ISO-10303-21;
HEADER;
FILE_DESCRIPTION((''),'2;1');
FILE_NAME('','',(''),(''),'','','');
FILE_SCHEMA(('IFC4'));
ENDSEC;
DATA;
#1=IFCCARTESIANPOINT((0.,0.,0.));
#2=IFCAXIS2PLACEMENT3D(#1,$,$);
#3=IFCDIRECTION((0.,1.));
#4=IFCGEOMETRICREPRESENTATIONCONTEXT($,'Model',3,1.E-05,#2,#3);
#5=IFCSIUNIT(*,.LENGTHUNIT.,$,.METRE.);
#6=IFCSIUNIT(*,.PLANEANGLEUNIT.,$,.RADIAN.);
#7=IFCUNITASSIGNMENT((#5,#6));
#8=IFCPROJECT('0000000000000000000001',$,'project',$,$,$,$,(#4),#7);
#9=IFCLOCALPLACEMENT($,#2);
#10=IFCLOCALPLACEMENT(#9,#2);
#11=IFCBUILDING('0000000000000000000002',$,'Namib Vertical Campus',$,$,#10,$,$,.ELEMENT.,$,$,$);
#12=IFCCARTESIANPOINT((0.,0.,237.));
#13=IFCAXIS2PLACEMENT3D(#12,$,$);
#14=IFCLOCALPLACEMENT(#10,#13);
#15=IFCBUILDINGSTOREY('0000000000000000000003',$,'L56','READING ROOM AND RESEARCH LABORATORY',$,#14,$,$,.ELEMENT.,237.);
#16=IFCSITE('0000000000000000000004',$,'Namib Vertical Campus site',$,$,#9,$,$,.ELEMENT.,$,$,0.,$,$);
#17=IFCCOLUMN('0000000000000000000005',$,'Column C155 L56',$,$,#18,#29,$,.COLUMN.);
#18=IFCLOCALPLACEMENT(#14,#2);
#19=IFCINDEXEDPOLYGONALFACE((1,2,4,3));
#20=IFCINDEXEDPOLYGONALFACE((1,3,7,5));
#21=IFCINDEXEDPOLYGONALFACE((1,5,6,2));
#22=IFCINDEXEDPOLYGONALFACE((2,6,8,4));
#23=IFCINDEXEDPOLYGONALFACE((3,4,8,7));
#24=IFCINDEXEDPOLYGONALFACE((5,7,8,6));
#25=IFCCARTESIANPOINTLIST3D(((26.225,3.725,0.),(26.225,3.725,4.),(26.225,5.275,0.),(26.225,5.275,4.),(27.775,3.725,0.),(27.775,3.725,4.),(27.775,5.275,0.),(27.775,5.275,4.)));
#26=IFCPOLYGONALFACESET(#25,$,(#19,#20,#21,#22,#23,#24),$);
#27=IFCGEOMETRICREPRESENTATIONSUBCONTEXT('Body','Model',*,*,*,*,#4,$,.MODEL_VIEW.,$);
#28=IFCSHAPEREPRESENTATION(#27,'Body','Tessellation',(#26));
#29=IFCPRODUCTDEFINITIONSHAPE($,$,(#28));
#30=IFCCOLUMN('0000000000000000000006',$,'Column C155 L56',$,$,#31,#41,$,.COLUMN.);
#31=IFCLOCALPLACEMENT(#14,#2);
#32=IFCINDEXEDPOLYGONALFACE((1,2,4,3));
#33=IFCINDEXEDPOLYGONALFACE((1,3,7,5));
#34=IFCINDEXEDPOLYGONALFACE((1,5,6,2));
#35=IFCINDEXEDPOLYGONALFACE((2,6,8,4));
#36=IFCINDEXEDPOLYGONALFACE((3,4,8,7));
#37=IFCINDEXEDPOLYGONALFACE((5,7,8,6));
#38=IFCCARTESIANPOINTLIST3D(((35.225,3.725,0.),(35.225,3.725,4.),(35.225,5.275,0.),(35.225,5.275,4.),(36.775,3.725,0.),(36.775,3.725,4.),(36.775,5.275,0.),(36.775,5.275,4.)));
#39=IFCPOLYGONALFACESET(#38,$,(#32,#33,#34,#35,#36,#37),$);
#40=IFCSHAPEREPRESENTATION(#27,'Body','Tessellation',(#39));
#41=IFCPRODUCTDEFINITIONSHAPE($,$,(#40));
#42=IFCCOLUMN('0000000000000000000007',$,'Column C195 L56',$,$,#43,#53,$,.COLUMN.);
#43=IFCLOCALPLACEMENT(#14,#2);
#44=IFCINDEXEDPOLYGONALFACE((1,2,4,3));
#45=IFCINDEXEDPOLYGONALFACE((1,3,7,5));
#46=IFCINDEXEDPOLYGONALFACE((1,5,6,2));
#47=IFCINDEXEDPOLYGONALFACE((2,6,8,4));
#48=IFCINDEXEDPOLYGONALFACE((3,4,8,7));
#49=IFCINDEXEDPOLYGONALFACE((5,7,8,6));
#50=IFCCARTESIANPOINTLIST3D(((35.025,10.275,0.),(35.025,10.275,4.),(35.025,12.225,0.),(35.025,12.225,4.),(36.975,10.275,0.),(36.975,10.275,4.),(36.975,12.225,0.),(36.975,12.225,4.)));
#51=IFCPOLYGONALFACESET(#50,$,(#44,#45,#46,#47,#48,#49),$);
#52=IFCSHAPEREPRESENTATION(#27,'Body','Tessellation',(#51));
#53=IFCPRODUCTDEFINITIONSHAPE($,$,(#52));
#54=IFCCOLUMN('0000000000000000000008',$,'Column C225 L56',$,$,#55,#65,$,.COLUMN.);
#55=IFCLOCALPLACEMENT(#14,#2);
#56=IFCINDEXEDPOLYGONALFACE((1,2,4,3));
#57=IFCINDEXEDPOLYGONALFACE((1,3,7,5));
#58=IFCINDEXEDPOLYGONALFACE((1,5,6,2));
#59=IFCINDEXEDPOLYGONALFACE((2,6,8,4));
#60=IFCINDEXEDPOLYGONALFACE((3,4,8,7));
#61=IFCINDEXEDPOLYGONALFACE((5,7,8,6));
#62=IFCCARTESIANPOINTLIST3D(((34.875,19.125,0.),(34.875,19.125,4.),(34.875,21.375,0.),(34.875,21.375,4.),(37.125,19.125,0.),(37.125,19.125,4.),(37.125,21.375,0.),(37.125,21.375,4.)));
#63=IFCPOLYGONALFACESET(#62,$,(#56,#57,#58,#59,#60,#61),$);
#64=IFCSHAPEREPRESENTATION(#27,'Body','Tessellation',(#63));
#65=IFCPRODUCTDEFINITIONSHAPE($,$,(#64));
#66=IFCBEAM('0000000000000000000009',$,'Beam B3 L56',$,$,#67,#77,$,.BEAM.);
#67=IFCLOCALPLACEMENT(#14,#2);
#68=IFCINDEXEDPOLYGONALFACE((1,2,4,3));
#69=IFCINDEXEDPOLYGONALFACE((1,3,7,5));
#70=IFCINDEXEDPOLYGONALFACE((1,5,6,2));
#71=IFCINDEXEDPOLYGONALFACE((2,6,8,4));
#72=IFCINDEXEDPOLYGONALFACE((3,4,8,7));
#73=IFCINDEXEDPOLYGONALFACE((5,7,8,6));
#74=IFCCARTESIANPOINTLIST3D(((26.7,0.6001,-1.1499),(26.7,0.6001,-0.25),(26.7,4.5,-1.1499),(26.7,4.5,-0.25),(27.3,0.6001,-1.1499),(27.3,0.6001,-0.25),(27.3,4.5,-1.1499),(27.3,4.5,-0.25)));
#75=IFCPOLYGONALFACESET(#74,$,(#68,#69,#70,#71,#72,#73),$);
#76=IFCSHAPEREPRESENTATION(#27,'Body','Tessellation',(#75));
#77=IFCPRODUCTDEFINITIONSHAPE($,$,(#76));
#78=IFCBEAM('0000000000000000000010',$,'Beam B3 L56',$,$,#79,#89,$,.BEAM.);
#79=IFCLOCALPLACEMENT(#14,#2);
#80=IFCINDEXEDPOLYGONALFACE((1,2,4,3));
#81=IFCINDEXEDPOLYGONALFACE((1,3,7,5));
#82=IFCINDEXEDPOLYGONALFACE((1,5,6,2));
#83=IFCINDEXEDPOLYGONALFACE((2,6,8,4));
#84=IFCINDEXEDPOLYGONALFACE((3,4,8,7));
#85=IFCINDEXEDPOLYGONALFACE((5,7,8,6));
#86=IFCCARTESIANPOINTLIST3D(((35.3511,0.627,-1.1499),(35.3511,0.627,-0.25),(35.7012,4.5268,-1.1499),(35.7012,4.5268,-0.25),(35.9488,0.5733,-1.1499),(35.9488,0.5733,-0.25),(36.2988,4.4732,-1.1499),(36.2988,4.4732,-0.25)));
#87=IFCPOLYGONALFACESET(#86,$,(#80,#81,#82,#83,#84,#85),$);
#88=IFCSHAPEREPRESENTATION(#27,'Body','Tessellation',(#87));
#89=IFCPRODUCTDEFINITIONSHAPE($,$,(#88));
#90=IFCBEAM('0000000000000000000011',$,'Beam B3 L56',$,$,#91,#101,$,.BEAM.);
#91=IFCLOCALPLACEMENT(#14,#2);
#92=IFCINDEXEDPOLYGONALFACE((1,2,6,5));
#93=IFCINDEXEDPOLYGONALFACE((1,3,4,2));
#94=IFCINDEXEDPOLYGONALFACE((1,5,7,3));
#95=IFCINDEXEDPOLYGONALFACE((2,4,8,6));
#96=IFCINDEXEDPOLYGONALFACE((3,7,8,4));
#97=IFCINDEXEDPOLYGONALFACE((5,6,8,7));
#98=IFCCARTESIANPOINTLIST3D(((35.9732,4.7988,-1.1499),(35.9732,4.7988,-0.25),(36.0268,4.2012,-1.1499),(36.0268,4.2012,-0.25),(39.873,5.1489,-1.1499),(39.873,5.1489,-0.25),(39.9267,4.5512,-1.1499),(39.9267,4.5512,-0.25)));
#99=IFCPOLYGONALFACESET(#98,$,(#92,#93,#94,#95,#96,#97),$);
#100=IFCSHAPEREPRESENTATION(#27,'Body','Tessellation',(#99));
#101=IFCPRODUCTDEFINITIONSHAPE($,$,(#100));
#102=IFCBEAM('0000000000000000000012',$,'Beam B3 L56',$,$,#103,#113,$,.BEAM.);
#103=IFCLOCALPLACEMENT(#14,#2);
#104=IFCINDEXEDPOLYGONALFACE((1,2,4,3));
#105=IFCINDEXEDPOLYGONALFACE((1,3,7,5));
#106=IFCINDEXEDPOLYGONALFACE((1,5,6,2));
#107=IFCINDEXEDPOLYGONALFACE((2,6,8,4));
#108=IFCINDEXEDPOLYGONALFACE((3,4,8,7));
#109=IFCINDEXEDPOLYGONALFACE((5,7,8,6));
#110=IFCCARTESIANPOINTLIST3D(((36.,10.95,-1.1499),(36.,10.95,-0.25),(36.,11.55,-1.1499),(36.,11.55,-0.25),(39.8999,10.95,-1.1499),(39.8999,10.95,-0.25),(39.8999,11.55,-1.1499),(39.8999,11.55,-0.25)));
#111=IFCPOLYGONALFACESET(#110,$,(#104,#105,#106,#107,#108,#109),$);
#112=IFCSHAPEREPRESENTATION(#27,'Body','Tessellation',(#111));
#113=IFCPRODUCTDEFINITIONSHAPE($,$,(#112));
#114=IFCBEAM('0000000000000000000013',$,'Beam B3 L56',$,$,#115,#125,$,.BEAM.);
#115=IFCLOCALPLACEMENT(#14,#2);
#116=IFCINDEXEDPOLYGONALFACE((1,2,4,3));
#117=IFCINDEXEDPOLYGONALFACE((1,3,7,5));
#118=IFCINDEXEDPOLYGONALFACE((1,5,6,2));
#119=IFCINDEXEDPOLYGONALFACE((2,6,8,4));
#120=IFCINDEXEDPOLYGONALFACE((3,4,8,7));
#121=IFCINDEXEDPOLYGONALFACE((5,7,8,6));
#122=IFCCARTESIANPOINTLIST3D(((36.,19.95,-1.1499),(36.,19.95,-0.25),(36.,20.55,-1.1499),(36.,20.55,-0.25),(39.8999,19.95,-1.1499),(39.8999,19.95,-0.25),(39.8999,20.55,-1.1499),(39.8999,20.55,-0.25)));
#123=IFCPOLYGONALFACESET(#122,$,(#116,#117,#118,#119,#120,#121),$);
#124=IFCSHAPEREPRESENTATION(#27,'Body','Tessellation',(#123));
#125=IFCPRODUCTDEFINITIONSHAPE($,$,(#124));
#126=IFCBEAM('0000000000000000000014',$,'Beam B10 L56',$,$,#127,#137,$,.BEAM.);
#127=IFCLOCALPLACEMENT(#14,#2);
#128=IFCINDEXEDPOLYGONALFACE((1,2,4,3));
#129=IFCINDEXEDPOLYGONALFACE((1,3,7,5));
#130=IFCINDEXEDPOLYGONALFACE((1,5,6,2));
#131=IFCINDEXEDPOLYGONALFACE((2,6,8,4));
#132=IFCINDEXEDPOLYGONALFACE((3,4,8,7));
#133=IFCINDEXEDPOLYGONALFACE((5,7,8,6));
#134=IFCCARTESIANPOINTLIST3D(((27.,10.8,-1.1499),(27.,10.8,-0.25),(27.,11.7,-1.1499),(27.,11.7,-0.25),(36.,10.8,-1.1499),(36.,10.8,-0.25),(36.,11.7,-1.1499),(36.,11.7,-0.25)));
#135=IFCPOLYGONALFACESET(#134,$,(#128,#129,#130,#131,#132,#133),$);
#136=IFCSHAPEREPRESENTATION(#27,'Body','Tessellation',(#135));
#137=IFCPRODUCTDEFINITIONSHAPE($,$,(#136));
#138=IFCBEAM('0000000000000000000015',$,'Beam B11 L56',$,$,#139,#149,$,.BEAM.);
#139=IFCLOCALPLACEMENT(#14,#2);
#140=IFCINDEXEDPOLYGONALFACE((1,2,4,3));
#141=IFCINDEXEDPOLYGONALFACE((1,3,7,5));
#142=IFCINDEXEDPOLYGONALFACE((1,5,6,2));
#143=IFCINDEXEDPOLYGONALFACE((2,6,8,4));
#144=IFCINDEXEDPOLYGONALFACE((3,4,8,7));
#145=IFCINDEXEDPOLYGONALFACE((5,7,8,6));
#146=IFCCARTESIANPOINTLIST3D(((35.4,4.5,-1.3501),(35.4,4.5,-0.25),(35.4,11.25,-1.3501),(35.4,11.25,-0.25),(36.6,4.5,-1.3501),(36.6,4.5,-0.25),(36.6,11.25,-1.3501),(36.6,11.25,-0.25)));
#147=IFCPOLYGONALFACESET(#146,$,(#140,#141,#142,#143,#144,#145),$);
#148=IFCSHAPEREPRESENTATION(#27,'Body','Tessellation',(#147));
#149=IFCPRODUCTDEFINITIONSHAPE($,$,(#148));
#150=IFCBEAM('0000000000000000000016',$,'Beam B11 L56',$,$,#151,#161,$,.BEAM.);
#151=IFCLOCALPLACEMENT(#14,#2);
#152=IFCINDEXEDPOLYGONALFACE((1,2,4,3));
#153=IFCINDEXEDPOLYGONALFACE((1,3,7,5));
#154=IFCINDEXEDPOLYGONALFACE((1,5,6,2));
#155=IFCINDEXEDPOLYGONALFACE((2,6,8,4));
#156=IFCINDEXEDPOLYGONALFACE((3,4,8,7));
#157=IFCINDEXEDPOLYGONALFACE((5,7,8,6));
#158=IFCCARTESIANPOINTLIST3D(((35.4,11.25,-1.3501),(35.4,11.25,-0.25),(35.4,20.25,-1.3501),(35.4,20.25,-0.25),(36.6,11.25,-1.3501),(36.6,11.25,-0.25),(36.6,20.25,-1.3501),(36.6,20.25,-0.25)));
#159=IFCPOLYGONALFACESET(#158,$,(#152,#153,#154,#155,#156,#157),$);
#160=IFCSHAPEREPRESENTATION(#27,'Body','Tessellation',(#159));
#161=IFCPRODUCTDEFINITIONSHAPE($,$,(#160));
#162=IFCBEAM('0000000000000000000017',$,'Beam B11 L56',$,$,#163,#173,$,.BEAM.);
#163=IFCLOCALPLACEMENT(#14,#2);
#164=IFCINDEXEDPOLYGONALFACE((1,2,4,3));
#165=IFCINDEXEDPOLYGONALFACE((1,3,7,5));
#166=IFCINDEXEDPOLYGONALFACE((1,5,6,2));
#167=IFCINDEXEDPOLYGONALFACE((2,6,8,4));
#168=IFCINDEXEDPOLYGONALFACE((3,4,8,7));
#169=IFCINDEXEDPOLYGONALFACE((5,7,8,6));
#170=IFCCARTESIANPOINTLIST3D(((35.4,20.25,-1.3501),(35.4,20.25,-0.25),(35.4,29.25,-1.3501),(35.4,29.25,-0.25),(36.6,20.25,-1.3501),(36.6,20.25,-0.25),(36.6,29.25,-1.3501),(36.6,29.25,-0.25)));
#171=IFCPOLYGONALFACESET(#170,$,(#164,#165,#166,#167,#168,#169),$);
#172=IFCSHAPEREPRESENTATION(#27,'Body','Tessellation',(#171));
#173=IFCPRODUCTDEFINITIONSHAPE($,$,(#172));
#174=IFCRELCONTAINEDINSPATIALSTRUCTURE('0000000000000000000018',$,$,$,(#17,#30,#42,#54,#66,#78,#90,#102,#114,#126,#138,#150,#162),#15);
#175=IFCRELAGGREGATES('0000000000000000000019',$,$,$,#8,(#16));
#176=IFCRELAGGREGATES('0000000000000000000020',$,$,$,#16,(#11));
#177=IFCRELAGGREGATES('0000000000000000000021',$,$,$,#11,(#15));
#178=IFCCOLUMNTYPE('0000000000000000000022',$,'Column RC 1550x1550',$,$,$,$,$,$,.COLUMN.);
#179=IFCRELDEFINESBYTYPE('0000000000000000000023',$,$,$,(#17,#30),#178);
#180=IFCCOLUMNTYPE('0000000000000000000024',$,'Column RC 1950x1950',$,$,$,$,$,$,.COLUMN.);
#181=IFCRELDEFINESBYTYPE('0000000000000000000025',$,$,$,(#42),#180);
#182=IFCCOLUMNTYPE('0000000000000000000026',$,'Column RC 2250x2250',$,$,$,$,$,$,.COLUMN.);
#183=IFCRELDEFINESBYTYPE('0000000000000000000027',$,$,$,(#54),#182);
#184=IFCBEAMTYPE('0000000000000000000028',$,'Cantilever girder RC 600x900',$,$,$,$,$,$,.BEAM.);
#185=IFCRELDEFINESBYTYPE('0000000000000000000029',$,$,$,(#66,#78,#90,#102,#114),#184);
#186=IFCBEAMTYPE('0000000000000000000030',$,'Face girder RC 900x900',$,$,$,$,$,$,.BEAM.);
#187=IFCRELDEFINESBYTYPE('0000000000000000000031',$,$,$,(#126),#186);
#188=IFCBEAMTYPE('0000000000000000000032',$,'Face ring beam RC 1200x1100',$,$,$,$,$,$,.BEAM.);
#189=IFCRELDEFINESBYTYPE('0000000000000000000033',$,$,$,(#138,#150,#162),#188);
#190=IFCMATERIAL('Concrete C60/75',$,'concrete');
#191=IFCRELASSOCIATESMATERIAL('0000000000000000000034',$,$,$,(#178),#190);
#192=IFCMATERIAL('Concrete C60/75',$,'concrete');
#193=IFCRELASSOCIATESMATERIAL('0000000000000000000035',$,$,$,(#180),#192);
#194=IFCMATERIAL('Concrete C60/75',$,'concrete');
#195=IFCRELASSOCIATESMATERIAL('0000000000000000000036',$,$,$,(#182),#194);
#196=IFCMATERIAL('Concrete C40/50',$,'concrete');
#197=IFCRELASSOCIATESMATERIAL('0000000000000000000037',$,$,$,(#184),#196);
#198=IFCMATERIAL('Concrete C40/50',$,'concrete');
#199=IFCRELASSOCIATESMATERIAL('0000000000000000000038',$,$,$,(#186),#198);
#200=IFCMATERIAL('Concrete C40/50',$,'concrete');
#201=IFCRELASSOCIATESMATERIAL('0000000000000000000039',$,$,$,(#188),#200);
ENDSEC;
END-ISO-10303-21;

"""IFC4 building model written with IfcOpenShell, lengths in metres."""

from ifc_helpers import new_model, si_unit, direction, frame, origin, origin_2d, place, context, subcontext, project, spatial, rectangle, extrude, material, material_profile, profile_set, type_object, element, save


model = new_model("IFC4")

# Units and contexts
model_context = context("Model", 3, precision=1e-05, world=origin(), true_north=direction((0.0, 1.0)))
body_context = subcontext(model_context, "Body", "Model", "MODEL_VIEW")
ifc_project = project(units=[si_unit("LENGTHUNIT", "METRE"), si_unit("PLANEANGLEUNIT", "RADIAN")], contexts=[model_context])

# Site, building, storey
site_placement = place(None, origin())
site = spatial("IfcSite", under=ifc_project, at=site_placement, Name="Namib Vertical Campus site", CompositionType="ELEMENT", RefElevation=0.0)
building_placement = place(site_placement, origin())
building = spatial("IfcBuilding", under=site, at=building_placement, Name="Namib Vertical Campus", CompositionType="ELEMENT")
storey_placement = place(building_placement, frame((0.0, 0.0, 237.0)))
storey = spatial("IfcBuildingStorey", under=building, at=storey_placement, Name="L56", Description="READING ROOM AND RESEARCH LABORATORY", CompositionType="ELEMENT", Elevation=237.0)

# Columns
ifc_material_1 = material(Name="Concrete C60/75", Category="concrete")
ifc_material_profile_1 = material_profile(ifc_material_1, rectangle(XDim=1.55, YDim=1.55, at=origin_2d()))
ifc_profile_set_1 = profile_set([ifc_material_profile_1], Name="Concrete C60/75")
column_type_1 = type_object("IfcColumnType", Name="Column RC 1550x1550", PredefinedType="COLUMN", material=ifc_profile_set_1)
for number, where, z_axis, x_axis, name in (
    (1, (27.0, 4.5, 0.0), (0.0, 0.0, 1.0), (1.0, 0.0, 0.0), "Column C155 L56"),
    (2, (36.0, 4.5, 0.0), (0.0, 0.0, 1.0), (1.0, 0.0, 0.0), "Column C155 L56"),
):
    element("IfcColumn", number, at=place(storey_placement, frame(where, z_axis=z_axis, x_axis=x_axis)), inside=storey, type_object=column_type_1, Name=name, PredefinedType="COLUMN", context=body_context, shape_type="SweptSolid", body=[
        extrude(rectangle(XDim=1.55, YDim=1.55, at=origin_2d()), origin(), (0.0, 0.0, 1.0), 4.0),
    ])
ifc_material_2 = material(Name="Concrete C60/75", Category="concrete")
ifc_material_profile_2 = material_profile(ifc_material_2, rectangle(XDim=1.95, YDim=1.95, at=origin_2d()))
ifc_profile_set_2 = profile_set([ifc_material_profile_2], Name="Concrete C60/75")
column_type_2 = type_object("IfcColumnType", Name="Column RC 1950x1950", PredefinedType="COLUMN", material=ifc_profile_set_2)
column_1_placement = place(storey_placement, frame((36.0, 11.25, 0.0), z_axis=(0.0, 0.0, 1.0), x_axis=(1.0, 0.0, 0.0)))
element("IfcColumn", 3, at=column_1_placement, inside=storey, type_object=column_type_2, Name="Column C195 L56", PredefinedType="COLUMN", context=body_context, shape_type="SweptSolid", body=[
    extrude(rectangle(XDim=1.95, YDim=1.95, at=origin_2d()), origin(), (0.0, 0.0, 1.0), 4.0),
])
ifc_material_3 = material(Name="Concrete C60/75", Category="concrete")
ifc_material_profile_3 = material_profile(ifc_material_3, rectangle(XDim=2.25, YDim=2.25, at=origin_2d()))
ifc_profile_set_3 = profile_set([ifc_material_profile_3], Name="Concrete C60/75")
column_type_3 = type_object("IfcColumnType", Name="Column RC 2250x2250", PredefinedType="COLUMN", material=ifc_profile_set_3)
column_2_placement = place(storey_placement, frame((36.0, 20.25, 0.0), z_axis=(0.0, 0.0, 1.0), x_axis=(1.0, 0.0, 0.0)))
element("IfcColumn", 4, at=column_2_placement, inside=storey, type_object=column_type_3, Name="Column C225 L56", PredefinedType="COLUMN", context=body_context, shape_type="SweptSolid", body=[
    extrude(rectangle(XDim=2.25, YDim=2.25, at=origin_2d()), origin(), (0.0, 0.0, 1.0), 4.0),
])

# Beams
ifc_material_4 = material(Name="Concrete C40/50", Category="concrete")
ifc_material_profile_4 = material_profile(ifc_material_4, rectangle(XDim=0.6001, YDim=0.8999, at=origin_2d()))
ifc_profile_set_4 = profile_set([ifc_material_profile_4], Name="Concrete C40/50")
beam_type_1 = type_object("IfcBeamType", Name="Cantilever girder RC 600x900", PredefinedType="BEAM", material=ifc_profile_set_4)
beam_1_placement = place(storey_placement, frame((27.0, 4.5, -0.7), z_axis=(0.0, -1.0, 0.0), x_axis=(1.0, 0.0, 0.0)))
element("IfcBeam", 5, at=beam_1_placement, inside=storey, type_object=beam_type_1, Name="Beam B3 L56", PredefinedType="BEAM", context=body_context, shape_type="SweptSolid", body=[
    extrude(rectangle(XDim=0.6001, YDim=0.8999, at=origin_2d()), origin(), (0.0, 0.0, 1.0), 3.8999),
])
for number, where, z_axis, x_axis, name in (
    (6, (36.0, 4.5, -0.7), (-0.089411, -0.995995, 0.0), (0.995995, -0.089411, 0.0), "Beam B3 L56"),
    (7, (36.0, 4.5, -0.7), (0.995995, 0.089411, 0.0), (-0.089411, 0.995995, 0.0), "Beam B3 L56"),
):
    element("IfcBeam", number, at=place(storey_placement, frame(where, z_axis=z_axis, x_axis=x_axis)), inside=storey, type_object=beam_type_1, Name=name, PredefinedType="BEAM", context=body_context, shape_type="SweptSolid", body=[
        extrude(rectangle(XDim=0.6001, YDim=0.8999, at=origin_2d()), origin(), (0.0, 0.0, 1.0), 3.9155),
    ])
for number, where, z_axis, x_axis, name in (
    (8, (36.0, 11.25, -0.7), (1.0, 0.0, 0.0), (0.0, 1.0, 0.0), "Beam B3 L56"),
    (9, (36.0, 20.25, -0.7), (1.0, 0.0, 0.0), (0.0, 1.0, 0.0), "Beam B3 L56"),
):
    element("IfcBeam", number, at=place(storey_placement, frame(where, z_axis=z_axis, x_axis=x_axis)), inside=storey, type_object=beam_type_1, Name=name, PredefinedType="BEAM", context=body_context, shape_type="SweptSolid", body=[
        extrude(rectangle(XDim=0.6001, YDim=0.8999, at=origin_2d()), origin(), (0.0, 0.0, 1.0), 3.8999),
    ])
ifc_material_5 = material(Name="Concrete C40/50", Category="concrete")
ifc_material_profile_5 = material_profile(ifc_material_5, rectangle(XDim=0.8999, YDim=0.8999, at=origin_2d()))
ifc_profile_set_5 = profile_set([ifc_material_profile_5], Name="Concrete C40/50")
beam_type_2 = type_object("IfcBeamType", Name="Face girder RC 900x900", PredefinedType="BEAM", material=ifc_profile_set_5)
beam_2_placement = place(storey_placement, frame((36.0, 11.25, -0.7), z_axis=(-1.0, 0.0, 0.0), x_axis=(0.0, -1.0, 0.0)))
element("IfcBeam", 10, at=beam_2_placement, inside=storey, type_object=beam_type_2, Name="Beam B10 L56", PredefinedType="BEAM", context=body_context, shape_type="SweptSolid", body=[
    extrude(rectangle(XDim=0.8999, YDim=0.8999, at=origin_2d()), origin(), (0.0, 0.0, 1.0), 9.0),
])
ifc_material_6 = material(Name="Concrete C40/50", Category="concrete")
ifc_material_profile_6 = material_profile(ifc_material_6, rectangle(XDim=1.2, YDim=1.1001, at=origin_2d()))
ifc_profile_set_6 = profile_set([ifc_material_profile_6], Name="Concrete C40/50")
beam_type_3 = type_object("IfcBeamType", Name="Face ring beam RC 1200x1100", PredefinedType="BEAM", material=ifc_profile_set_6)
beam_3_placement = place(storey_placement, frame((36.0, 4.5, -0.8), z_axis=(0.0, 1.0, 0.0), x_axis=(-1.0, 0.0, 0.0)))
element("IfcBeam", 11, at=beam_3_placement, inside=storey, type_object=beam_type_3, Name="Beam B11 L56", PredefinedType="BEAM", context=body_context, shape_type="SweptSolid", body=[
    extrude(rectangle(XDim=1.2, YDim=1.1001, at=origin_2d()), origin(), (0.0, 0.0, 1.0), 6.75),
])
for number, where, z_axis, x_axis, name in (
    (12, (36.0, 11.25, -0.8), (0.0, 1.0, 0.0), (-1.0, 0.0, 0.0), "Beam B11 L56"),
    (13, (36.0, 20.25, -0.8), (0.0, 1.0, 0.0), (-1.0, 0.0, 0.0), "Beam B11 L56"),
):
    element("IfcBeam", number, at=place(storey_placement, frame(where, z_axis=z_axis, x_axis=x_axis)), inside=storey, type_object=beam_type_3, Name=name, PredefinedType="BEAM", context=body_context, shape_type="SweptSolid", body=[
        extrude(rectangle(XDim=1.2, YDim=1.1001, at=origin_2d()), origin(), (0.0, 0.0, 1.0), 9.0),
    ])

save(model, "model.ifc")
